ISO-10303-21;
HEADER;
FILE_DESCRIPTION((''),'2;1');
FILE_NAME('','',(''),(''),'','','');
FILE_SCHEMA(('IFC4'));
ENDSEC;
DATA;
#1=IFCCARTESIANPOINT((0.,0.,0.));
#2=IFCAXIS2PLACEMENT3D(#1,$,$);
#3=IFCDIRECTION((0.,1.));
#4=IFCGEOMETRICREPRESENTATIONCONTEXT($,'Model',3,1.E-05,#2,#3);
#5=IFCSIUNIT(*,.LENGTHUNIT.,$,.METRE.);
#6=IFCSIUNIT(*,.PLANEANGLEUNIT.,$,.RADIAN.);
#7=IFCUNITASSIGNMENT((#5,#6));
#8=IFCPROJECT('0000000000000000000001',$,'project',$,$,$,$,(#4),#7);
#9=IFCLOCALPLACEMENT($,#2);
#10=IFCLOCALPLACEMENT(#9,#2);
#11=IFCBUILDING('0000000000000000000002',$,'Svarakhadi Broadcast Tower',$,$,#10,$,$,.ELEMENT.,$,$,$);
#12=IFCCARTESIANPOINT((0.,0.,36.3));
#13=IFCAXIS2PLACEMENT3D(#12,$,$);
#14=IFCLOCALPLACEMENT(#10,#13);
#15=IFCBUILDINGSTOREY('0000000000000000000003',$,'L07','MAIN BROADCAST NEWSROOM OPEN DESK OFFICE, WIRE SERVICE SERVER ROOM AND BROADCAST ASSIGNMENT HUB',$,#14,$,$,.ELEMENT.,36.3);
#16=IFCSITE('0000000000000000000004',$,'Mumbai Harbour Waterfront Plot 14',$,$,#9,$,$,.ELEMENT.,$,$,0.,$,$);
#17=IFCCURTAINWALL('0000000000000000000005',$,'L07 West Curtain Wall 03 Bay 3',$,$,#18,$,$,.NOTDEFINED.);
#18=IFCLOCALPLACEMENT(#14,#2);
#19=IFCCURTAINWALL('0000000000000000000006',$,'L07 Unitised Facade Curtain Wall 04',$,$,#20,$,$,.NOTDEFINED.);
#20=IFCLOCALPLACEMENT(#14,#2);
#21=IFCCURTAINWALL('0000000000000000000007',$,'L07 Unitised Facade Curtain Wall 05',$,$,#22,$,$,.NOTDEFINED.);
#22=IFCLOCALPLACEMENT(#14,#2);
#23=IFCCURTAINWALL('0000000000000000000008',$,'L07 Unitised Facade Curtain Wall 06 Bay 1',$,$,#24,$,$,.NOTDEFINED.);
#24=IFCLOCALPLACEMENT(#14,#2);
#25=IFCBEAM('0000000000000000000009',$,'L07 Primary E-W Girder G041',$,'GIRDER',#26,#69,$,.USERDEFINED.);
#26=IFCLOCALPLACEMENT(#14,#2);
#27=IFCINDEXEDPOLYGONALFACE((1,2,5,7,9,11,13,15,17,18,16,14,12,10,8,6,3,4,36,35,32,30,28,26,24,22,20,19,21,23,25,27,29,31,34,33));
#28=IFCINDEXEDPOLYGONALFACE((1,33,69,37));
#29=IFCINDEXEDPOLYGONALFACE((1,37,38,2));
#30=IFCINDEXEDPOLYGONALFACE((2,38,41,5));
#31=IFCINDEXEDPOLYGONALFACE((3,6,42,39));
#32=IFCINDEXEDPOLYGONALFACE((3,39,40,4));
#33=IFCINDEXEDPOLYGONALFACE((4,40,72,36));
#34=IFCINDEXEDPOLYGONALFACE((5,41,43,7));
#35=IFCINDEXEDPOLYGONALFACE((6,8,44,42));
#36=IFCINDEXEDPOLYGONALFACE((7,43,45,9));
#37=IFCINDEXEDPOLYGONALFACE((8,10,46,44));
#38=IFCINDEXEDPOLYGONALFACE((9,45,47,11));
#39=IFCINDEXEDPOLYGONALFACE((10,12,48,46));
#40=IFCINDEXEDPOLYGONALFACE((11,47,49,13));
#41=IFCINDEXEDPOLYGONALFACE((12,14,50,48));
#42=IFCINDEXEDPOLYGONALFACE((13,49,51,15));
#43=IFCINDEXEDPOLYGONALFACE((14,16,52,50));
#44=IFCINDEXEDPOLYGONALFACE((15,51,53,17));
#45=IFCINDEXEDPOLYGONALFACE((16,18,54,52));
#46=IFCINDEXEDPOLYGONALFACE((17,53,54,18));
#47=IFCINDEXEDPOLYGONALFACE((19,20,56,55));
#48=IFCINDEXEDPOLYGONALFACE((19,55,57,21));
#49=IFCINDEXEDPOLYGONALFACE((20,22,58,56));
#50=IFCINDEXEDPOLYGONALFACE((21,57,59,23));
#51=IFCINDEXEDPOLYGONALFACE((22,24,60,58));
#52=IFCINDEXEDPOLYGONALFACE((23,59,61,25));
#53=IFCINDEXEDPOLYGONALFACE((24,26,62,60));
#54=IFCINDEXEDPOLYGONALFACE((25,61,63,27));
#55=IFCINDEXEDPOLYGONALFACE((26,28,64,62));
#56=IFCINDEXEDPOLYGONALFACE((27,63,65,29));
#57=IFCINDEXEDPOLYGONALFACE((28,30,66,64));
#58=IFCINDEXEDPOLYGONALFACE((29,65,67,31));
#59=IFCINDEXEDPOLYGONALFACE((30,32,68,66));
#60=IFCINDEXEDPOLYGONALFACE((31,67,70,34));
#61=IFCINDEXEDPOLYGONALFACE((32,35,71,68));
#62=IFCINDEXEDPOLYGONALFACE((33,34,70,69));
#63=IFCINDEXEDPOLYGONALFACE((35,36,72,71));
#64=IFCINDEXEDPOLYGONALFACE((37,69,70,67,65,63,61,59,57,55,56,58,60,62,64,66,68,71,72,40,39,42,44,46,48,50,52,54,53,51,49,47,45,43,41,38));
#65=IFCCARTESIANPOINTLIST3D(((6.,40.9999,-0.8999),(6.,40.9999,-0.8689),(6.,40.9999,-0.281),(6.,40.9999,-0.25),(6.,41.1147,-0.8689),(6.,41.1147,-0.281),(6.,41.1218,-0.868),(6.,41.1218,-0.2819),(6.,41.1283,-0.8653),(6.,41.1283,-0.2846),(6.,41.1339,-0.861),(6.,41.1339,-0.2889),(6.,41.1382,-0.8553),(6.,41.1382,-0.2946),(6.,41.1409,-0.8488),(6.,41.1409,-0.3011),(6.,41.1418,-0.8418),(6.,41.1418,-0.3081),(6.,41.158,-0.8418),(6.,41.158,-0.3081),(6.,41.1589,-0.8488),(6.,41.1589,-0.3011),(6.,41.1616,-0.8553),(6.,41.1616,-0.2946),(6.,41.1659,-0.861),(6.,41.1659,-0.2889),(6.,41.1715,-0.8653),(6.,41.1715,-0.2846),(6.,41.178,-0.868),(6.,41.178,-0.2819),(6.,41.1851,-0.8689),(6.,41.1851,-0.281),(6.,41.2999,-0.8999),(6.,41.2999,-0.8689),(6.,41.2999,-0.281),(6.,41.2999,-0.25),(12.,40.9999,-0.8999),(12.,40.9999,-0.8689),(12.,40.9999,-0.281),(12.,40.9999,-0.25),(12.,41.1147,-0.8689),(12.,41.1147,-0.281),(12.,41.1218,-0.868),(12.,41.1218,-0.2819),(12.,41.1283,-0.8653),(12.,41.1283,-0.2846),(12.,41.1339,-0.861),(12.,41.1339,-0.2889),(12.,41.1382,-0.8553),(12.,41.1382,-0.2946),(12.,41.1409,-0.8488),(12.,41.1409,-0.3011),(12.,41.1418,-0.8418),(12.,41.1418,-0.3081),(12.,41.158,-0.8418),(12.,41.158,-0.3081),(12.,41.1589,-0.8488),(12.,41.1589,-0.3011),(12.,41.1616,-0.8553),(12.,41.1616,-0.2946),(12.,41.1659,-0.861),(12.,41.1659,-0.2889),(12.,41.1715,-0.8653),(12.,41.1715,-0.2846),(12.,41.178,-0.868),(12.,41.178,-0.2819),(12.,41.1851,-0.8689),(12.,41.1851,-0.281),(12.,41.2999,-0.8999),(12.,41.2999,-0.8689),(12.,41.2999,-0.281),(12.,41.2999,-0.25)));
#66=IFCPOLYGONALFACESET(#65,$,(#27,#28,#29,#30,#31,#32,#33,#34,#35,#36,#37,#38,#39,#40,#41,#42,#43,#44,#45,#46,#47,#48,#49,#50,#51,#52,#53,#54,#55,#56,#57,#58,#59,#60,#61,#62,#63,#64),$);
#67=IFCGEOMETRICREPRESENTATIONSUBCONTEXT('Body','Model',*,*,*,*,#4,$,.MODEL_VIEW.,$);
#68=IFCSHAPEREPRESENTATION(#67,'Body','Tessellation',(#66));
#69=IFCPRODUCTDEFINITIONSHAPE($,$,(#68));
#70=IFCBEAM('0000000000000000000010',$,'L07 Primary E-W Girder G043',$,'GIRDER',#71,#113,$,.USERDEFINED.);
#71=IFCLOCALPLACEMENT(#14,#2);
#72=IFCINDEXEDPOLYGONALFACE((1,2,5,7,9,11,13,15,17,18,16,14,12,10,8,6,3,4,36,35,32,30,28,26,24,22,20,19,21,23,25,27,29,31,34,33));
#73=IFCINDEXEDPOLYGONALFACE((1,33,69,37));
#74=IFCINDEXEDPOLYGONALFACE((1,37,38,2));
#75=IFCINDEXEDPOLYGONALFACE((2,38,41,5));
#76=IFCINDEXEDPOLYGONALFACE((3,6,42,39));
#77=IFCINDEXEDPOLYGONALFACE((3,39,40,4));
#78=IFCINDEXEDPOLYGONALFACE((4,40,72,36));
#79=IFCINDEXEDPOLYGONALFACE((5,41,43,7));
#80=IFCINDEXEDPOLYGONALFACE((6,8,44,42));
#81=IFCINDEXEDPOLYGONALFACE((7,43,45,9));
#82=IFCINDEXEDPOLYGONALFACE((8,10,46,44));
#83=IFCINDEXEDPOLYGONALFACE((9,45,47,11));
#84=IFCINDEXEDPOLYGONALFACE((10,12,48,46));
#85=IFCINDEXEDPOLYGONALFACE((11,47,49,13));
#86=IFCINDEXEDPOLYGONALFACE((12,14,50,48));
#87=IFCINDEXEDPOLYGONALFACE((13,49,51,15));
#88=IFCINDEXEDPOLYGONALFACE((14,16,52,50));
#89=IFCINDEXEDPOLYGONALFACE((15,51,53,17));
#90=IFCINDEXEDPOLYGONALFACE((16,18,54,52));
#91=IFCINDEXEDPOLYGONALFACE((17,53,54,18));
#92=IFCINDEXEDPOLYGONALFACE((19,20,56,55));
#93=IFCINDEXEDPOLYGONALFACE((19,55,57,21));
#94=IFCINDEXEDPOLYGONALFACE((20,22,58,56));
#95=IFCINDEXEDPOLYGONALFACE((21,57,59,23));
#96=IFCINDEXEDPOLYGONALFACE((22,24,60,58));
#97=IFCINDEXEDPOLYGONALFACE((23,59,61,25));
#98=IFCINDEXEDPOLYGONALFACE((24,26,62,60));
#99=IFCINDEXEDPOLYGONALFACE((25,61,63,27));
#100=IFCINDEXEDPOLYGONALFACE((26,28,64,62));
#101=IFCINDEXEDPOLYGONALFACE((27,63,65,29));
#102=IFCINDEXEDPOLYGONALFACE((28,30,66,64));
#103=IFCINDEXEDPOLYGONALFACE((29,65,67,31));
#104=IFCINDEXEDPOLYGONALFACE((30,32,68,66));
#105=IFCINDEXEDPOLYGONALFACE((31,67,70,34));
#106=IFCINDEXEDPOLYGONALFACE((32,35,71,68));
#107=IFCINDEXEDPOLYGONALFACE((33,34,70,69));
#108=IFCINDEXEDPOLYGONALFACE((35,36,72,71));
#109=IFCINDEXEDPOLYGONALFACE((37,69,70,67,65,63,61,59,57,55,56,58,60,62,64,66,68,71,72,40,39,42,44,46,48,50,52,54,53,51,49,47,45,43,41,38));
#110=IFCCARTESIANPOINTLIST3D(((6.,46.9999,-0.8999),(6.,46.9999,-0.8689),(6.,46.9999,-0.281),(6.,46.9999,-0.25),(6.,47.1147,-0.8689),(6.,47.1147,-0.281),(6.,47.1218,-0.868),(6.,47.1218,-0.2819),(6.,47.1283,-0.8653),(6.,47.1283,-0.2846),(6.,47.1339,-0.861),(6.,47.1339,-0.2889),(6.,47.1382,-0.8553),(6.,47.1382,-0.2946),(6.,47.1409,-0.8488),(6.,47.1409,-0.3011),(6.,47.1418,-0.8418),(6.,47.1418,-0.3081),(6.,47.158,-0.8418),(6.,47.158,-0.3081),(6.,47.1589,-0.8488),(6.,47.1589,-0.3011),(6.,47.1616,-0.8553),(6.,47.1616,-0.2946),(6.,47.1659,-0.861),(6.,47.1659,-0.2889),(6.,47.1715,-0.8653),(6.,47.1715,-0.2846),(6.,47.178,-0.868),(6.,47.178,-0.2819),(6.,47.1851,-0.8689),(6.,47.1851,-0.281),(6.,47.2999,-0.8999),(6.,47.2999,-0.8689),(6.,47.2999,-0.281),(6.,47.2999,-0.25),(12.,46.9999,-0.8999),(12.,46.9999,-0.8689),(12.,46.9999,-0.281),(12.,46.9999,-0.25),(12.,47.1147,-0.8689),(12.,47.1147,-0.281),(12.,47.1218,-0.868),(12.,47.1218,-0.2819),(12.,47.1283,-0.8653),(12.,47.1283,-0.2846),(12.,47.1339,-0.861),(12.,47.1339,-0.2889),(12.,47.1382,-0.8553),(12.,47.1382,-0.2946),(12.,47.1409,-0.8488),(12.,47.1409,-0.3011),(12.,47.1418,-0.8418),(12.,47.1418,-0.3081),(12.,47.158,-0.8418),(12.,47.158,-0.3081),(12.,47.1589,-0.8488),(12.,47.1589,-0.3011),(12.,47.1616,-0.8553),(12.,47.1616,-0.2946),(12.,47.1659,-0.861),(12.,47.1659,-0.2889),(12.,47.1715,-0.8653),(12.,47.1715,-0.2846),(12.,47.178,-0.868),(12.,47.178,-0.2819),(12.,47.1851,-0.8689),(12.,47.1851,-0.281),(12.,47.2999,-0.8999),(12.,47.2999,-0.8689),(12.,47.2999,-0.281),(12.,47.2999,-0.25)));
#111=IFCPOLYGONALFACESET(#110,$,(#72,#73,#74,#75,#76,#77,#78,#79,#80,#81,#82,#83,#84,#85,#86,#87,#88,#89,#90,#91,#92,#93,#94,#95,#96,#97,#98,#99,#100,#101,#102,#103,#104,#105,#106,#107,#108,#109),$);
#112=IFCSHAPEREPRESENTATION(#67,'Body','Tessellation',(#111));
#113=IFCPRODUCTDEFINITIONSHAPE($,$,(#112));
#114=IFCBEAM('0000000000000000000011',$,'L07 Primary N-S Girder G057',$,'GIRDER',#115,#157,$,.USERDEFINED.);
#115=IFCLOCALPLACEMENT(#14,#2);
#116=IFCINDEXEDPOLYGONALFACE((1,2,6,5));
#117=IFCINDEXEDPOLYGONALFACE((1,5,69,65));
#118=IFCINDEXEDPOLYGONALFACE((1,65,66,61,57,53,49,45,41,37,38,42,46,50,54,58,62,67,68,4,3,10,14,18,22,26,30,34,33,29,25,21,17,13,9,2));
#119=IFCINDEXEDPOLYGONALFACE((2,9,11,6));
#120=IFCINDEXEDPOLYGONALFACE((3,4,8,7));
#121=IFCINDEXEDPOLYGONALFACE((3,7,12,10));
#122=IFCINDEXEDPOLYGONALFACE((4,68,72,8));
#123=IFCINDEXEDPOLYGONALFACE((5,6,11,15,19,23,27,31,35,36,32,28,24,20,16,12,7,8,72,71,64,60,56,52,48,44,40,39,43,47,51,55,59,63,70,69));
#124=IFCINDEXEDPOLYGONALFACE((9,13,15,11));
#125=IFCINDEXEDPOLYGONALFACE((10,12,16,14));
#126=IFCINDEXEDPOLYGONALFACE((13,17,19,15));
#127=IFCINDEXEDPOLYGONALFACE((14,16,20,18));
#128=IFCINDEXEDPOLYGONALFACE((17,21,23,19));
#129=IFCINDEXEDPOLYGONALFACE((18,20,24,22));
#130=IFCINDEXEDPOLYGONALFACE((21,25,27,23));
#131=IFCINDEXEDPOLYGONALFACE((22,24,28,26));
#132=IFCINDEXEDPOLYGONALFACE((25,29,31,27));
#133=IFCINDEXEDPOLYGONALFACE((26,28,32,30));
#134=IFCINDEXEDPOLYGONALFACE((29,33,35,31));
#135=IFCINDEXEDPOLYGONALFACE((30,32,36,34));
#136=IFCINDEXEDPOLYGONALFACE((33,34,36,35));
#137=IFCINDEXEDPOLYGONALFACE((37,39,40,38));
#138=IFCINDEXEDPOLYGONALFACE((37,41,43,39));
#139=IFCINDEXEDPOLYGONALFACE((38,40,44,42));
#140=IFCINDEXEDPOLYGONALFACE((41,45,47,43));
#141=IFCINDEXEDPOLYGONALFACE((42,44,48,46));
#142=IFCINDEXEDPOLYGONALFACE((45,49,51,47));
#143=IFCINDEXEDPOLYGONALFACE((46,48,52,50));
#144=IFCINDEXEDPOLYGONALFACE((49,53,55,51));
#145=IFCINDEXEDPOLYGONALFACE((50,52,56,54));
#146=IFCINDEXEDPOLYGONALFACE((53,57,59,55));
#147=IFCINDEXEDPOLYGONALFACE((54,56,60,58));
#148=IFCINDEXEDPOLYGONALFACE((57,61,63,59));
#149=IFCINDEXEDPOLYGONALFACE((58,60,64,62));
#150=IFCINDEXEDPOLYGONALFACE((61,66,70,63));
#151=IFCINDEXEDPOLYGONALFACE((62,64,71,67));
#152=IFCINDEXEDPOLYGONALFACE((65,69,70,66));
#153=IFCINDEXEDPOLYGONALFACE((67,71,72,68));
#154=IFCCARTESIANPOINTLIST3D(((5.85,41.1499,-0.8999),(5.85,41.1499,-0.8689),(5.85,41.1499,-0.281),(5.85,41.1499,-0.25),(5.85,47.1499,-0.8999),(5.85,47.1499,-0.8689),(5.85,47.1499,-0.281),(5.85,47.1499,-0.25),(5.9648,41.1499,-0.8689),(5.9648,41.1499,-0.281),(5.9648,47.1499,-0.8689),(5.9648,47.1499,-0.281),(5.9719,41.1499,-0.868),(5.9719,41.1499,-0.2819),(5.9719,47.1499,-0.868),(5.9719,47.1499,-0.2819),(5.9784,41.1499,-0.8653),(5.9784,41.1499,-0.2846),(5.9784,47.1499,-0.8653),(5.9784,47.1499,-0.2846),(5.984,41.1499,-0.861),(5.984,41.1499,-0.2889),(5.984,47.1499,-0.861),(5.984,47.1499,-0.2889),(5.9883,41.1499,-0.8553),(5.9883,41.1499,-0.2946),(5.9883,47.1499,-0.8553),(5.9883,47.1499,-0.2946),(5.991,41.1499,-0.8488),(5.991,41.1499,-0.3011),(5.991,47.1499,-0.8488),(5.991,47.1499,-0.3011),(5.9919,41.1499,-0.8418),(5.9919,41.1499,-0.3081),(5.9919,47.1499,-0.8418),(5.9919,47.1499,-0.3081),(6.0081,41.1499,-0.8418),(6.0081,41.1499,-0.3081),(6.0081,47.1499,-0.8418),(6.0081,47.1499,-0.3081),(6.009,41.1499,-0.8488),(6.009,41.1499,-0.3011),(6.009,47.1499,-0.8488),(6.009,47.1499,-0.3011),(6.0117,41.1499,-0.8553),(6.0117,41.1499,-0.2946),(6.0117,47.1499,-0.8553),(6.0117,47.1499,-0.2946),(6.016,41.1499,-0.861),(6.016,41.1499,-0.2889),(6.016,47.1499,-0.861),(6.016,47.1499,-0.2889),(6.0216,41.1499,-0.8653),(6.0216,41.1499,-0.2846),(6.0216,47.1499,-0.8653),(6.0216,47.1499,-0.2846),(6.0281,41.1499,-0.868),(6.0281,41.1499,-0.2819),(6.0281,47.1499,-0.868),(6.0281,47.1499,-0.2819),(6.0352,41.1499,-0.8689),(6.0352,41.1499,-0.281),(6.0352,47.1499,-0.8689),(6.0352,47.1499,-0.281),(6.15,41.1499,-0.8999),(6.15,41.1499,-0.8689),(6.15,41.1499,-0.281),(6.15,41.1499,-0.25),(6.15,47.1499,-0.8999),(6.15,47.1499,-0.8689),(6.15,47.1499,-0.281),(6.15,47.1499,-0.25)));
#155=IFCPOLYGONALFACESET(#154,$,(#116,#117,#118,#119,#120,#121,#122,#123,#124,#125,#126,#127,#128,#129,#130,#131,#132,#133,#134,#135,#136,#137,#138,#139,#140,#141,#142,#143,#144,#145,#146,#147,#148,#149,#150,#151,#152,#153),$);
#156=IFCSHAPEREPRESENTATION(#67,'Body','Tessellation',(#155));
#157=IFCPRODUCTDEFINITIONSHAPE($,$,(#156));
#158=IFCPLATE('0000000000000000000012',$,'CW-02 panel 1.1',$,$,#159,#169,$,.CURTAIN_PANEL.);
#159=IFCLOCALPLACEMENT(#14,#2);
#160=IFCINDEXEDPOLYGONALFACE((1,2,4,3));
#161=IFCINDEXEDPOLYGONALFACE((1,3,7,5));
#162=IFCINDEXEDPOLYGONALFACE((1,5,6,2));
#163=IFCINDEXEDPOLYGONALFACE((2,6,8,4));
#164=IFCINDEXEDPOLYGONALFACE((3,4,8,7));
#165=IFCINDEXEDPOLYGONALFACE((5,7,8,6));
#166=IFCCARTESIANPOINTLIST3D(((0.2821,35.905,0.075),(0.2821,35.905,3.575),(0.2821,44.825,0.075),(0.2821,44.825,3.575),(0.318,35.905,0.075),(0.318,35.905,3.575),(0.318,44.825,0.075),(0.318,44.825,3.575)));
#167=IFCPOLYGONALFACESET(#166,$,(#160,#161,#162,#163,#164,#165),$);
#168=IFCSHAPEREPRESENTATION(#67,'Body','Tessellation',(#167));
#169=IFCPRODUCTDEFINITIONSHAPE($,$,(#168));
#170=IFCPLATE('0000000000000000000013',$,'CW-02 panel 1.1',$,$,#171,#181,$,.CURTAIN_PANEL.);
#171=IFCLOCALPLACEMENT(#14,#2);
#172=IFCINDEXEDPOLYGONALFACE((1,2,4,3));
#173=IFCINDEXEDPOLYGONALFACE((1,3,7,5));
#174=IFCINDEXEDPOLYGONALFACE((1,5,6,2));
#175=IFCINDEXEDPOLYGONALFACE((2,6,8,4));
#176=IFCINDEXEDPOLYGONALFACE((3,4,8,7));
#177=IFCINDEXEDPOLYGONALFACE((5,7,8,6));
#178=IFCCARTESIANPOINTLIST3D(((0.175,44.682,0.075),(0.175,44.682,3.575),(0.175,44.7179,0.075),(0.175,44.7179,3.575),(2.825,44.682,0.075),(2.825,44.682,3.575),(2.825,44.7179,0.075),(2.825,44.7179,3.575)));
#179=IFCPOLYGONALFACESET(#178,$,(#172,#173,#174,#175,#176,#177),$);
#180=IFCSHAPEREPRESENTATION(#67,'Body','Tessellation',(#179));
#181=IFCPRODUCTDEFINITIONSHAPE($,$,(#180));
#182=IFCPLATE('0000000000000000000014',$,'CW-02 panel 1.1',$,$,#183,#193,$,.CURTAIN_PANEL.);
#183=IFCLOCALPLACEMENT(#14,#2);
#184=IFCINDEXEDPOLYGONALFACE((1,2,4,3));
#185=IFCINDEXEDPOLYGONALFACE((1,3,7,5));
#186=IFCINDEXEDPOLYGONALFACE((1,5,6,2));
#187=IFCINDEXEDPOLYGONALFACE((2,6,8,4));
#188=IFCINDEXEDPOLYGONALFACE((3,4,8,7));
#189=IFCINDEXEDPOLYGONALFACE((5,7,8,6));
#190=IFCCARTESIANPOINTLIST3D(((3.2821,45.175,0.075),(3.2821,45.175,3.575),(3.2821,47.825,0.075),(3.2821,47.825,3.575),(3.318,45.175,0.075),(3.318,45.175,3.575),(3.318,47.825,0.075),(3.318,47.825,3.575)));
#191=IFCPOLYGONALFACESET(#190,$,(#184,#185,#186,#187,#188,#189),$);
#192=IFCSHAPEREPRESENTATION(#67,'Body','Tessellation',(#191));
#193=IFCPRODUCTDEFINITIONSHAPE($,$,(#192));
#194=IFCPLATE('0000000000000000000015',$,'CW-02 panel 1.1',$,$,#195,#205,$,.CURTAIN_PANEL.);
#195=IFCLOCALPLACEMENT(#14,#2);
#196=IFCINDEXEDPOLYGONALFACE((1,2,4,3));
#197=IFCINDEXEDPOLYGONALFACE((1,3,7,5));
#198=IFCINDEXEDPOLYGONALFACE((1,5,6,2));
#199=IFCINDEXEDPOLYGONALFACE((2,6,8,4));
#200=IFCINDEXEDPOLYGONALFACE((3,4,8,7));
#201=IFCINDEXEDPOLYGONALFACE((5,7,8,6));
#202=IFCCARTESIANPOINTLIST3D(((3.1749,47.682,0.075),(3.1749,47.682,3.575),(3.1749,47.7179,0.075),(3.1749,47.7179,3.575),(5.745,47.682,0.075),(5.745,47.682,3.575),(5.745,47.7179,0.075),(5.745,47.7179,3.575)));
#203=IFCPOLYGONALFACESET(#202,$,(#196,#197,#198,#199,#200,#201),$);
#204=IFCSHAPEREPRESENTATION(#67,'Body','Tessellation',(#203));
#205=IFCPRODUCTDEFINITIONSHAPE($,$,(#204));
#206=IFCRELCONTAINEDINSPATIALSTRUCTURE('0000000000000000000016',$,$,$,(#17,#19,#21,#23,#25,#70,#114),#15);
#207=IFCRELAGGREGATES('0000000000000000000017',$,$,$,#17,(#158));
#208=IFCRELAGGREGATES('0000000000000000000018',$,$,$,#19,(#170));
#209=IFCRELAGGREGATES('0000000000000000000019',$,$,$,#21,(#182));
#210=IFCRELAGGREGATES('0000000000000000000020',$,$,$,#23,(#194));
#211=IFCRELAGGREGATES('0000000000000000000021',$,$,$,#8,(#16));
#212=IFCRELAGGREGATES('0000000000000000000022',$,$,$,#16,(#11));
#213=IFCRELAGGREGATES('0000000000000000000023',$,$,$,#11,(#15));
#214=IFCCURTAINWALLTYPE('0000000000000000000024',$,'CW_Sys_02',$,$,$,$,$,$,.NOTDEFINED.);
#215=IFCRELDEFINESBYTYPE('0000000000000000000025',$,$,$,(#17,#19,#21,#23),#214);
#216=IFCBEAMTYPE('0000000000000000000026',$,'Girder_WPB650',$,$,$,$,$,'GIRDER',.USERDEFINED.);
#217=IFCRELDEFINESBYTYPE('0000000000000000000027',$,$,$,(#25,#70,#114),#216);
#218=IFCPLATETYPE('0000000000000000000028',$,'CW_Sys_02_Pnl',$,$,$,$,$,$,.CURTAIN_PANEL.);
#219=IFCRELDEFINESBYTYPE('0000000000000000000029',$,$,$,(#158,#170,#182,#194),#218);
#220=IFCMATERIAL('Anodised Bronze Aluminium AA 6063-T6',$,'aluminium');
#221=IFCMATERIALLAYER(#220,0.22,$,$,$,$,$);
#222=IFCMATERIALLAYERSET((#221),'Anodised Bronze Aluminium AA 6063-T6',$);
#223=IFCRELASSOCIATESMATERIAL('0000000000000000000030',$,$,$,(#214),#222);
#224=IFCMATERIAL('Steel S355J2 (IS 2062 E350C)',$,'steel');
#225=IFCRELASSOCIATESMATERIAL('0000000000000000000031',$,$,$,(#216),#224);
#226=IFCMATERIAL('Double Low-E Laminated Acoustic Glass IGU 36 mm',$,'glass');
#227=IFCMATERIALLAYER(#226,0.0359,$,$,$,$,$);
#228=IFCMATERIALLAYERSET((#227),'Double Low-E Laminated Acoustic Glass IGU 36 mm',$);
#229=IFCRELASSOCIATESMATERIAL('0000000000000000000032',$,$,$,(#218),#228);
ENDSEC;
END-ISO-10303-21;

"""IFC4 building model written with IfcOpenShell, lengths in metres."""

from ifc_helpers import new_model, si_unit, direction, frame, origin, origin_2d, place, context, subcontext, project, spatial, rectangle, i_section, extrude, material, layer, layer_set, material_profile, profile_set, type_object, element, aggregate, save


model = new_model("IFC4")

# Units and contexts
model_context = context("Model", 3, precision=1e-05, world=origin(), true_north=direction((0.0, 1.0)))
body_context = subcontext(model_context, "Body", "Model", "MODEL_VIEW")
ifc_project = project(units=[si_unit("LENGTHUNIT", "METRE"), si_unit("PLANEANGLEUNIT", "RADIAN")], contexts=[model_context])

# Site, building, storey
site_placement = place(None, origin())
site = spatial("IfcSite", under=ifc_project, at=site_placement, Name="Mumbai Harbour Waterfront Plot 14", CompositionType="ELEMENT", RefElevation=0.0)
building_placement = place(site_placement, origin())
building = spatial("IfcBuilding", under=site, at=building_placement, Name="Svarakhadi Broadcast Tower", CompositionType="ELEMENT")
storey_placement = place(building_placement, frame((0.0, 0.0, 36.3)))
storey = spatial("IfcBuildingStorey", under=building, at=storey_placement, Name="L07", Description="MAIN BROADCAST NEWSROOM OPEN DESK OFFICE, WIRE SERVICE SERVER ROOM AND BROADCAST ASSIGNMENT HUB", CompositionType="ELEMENT", Elevation=36.3)

# Shared definitions
ifc_material_1 = material(Name="Steel S355J2 (IS 2062 E350C)", Category="steel")

# Curtain walls
ifc_material_2 = material(Name="Anodised Bronze Aluminium AA 6063-T6", Category="aluminium")
ifc_layer_1 = layer(ifc_material_2, 0.22)
ifc_layer_set_1 = layer_set([ifc_layer_1], Name="Anodised Bronze Aluminium AA 6063-T6")
curtain_wall_type = type_object("IfcCurtainWallType", Name="CW_Sys_02", PredefinedType="NOTDEFINED", material=ifc_layer_set_1)
curtain_wall_1_placement = place(storey_placement, origin())
curtain_wall_1 = element("IfcCurtainWall", 1, at=curtain_wall_1_placement, inside=storey, type_object=curtain_wall_type, Name="L07 West Curtain Wall 03 Bay 3", PredefinedType="NOTDEFINED")
curtain_wall_2_placement = place(storey_placement, origin())
curtain_wall_2 = element("IfcCurtainWall", 2, at=curtain_wall_2_placement, inside=storey, type_object=curtain_wall_type, Name="L07 Unitised Facade Curtain Wall 04", PredefinedType="NOTDEFINED")
curtain_wall_3_placement = place(storey_placement, origin())
curtain_wall_3 = element("IfcCurtainWall", 3, at=curtain_wall_3_placement, inside=storey, type_object=curtain_wall_type, Name="L07 Unitised Facade Curtain Wall 05", PredefinedType="NOTDEFINED")
curtain_wall_4_placement = place(storey_placement, origin())
curtain_wall_4 = element("IfcCurtainWall", 4, at=curtain_wall_4_placement, inside=storey, type_object=curtain_wall_type, Name="L07 Unitised Facade Curtain Wall 06 Bay 1", PredefinedType="NOTDEFINED")

# Beams
ifc_material_profile_1 = material_profile(ifc_material_1, i_section(OverallWidth=0.3, OverallDepth=0.6499, WebThickness=0.0161, FlangeThickness=0.031, FilletRadius=0.0271, at=origin_2d()), Name="WPB 650x300x225")
ifc_profile_set_1 = profile_set([ifc_material_profile_1], Name="Steel S355J2 (IS 2062 E350C)")
beam_type_1 = type_object("IfcBeamType", Name="Girder_WPB650", ElementType="GIRDER", PredefinedType="USERDEFINED", material=ifc_profile_set_1)
for number, where, z_axis, x_axis, name in (
    (5, (6.0, 41.1499, -0.575), (1.0, 0.0, 0.0), (0.0, 1.0, 0.0), "L07 Primary E-W Girder G041"),
    (6, (6.0, 47.1499, -0.575), (1.0, 0.0, 0.0), (0.0, 1.0, 0.0), "L07 Primary E-W Girder G043"),
    (7, (6.0, 41.1499, -0.575), (0.0, 1.0, 0.0), (-1.0, 0.0, 0.0), "L07 Primary N-S Girder G057"),
):
    element("IfcBeam", number, at=place(storey_placement, frame(where, z_axis=z_axis, x_axis=x_axis)), inside=storey, type_object=beam_type_1, Name=name, ObjectType="GIRDER", PredefinedType="USERDEFINED", context=body_context, shape_type="SweptSolid", body=[
        extrude(i_section(OverallWidth=0.3, OverallDepth=0.6499, WebThickness=0.0161, FlangeThickness=0.031, FilletRadius=0.0271, at=origin_2d()), origin(), (0.0, 0.0, 1.0), 6.0),
    ])

# Plates
ifc_material_3 = material(Name="Double Low-E Laminated Acoustic Glass IGU 36 mm", Category="glass")
ifc_layer_2 = layer(ifc_material_3, 0.0359)
ifc_layer_set_2 = layer_set([ifc_layer_2], Name="Double Low-E Laminated Acoustic Glass IGU 36 mm")
plate_type = type_object("IfcPlateType", Name="CW_Sys_02_Pnl", PredefinedType="CURTAIN_PANEL", material=ifc_layer_set_2)
plate_1_placement = place(storey_placement, frame((0.3, 40.365, 0.075), z_axis=(0.0, 0.0, 1.0), x_axis=(0.0, 1.0, 0.0)))
plate_1 = element("IfcPlate", 8, at=plate_1_placement, type_object=plate_type, Name="CW-02 panel 1.1", PredefinedType="CURTAIN_PANEL", context=body_context, shape_type="SweptSolid", body=[
    extrude(rectangle(XDim=8.9199, YDim=0.0359, at=origin_2d()), origin(), (0.0, 0.0, 1.0), 3.5),
])
aggregate(curtain_wall_1, [plate_1])
plate_2_placement = place(storey_placement, frame((1.5, 44.7, 0.075), z_axis=(0.0, 0.0, 1.0), x_axis=(1.0, 0.0, 0.0)))
plate_2 = element("IfcPlate", 9, at=plate_2_placement, type_object=plate_type, Name="CW-02 panel 1.1", PredefinedType="CURTAIN_PANEL", context=body_context, shape_type="SweptSolid", body=[
    extrude(rectangle(XDim=2.6499, YDim=0.0359, at=origin_2d()), origin(), (0.0, 0.0, 1.0), 3.5),
])
aggregate(curtain_wall_2, [plate_2])
plate_3_placement = place(storey_placement, frame((3.3, 46.5, 0.075), z_axis=(0.0, 0.0, 1.0), x_axis=(0.0, 1.0, 0.0)))
plate_3 = element("IfcPlate", 10, at=plate_3_placement, type_object=plate_type, Name="CW-02 panel 1.1", PredefinedType="CURTAIN_PANEL", context=body_context, shape_type="SweptSolid", body=[
    extrude(rectangle(XDim=2.6499, YDim=0.0359, at=origin_2d()), origin(), (0.0, 0.0, 1.0), 3.5),
])
aggregate(curtain_wall_3, [plate_3])
plate_4_placement = place(storey_placement, frame((4.46, 47.7, 0.075), z_axis=(0.0, 0.0, 1.0), x_axis=(1.0, 0.0, 0.0)))
plate_4 = element("IfcPlate", 11, at=plate_4_placement, type_object=plate_type, Name="CW-02 panel 1.1", PredefinedType="CURTAIN_PANEL", context=body_context, shape_type="SweptSolid", body=[
    extrude(rectangle(XDim=2.5701, YDim=0.0359, at=origin_2d()), origin(), (0.0, 0.0, 1.0), 3.5),
])
aggregate(curtain_wall_4, [plate_4])

save(model, "model.ifc")
